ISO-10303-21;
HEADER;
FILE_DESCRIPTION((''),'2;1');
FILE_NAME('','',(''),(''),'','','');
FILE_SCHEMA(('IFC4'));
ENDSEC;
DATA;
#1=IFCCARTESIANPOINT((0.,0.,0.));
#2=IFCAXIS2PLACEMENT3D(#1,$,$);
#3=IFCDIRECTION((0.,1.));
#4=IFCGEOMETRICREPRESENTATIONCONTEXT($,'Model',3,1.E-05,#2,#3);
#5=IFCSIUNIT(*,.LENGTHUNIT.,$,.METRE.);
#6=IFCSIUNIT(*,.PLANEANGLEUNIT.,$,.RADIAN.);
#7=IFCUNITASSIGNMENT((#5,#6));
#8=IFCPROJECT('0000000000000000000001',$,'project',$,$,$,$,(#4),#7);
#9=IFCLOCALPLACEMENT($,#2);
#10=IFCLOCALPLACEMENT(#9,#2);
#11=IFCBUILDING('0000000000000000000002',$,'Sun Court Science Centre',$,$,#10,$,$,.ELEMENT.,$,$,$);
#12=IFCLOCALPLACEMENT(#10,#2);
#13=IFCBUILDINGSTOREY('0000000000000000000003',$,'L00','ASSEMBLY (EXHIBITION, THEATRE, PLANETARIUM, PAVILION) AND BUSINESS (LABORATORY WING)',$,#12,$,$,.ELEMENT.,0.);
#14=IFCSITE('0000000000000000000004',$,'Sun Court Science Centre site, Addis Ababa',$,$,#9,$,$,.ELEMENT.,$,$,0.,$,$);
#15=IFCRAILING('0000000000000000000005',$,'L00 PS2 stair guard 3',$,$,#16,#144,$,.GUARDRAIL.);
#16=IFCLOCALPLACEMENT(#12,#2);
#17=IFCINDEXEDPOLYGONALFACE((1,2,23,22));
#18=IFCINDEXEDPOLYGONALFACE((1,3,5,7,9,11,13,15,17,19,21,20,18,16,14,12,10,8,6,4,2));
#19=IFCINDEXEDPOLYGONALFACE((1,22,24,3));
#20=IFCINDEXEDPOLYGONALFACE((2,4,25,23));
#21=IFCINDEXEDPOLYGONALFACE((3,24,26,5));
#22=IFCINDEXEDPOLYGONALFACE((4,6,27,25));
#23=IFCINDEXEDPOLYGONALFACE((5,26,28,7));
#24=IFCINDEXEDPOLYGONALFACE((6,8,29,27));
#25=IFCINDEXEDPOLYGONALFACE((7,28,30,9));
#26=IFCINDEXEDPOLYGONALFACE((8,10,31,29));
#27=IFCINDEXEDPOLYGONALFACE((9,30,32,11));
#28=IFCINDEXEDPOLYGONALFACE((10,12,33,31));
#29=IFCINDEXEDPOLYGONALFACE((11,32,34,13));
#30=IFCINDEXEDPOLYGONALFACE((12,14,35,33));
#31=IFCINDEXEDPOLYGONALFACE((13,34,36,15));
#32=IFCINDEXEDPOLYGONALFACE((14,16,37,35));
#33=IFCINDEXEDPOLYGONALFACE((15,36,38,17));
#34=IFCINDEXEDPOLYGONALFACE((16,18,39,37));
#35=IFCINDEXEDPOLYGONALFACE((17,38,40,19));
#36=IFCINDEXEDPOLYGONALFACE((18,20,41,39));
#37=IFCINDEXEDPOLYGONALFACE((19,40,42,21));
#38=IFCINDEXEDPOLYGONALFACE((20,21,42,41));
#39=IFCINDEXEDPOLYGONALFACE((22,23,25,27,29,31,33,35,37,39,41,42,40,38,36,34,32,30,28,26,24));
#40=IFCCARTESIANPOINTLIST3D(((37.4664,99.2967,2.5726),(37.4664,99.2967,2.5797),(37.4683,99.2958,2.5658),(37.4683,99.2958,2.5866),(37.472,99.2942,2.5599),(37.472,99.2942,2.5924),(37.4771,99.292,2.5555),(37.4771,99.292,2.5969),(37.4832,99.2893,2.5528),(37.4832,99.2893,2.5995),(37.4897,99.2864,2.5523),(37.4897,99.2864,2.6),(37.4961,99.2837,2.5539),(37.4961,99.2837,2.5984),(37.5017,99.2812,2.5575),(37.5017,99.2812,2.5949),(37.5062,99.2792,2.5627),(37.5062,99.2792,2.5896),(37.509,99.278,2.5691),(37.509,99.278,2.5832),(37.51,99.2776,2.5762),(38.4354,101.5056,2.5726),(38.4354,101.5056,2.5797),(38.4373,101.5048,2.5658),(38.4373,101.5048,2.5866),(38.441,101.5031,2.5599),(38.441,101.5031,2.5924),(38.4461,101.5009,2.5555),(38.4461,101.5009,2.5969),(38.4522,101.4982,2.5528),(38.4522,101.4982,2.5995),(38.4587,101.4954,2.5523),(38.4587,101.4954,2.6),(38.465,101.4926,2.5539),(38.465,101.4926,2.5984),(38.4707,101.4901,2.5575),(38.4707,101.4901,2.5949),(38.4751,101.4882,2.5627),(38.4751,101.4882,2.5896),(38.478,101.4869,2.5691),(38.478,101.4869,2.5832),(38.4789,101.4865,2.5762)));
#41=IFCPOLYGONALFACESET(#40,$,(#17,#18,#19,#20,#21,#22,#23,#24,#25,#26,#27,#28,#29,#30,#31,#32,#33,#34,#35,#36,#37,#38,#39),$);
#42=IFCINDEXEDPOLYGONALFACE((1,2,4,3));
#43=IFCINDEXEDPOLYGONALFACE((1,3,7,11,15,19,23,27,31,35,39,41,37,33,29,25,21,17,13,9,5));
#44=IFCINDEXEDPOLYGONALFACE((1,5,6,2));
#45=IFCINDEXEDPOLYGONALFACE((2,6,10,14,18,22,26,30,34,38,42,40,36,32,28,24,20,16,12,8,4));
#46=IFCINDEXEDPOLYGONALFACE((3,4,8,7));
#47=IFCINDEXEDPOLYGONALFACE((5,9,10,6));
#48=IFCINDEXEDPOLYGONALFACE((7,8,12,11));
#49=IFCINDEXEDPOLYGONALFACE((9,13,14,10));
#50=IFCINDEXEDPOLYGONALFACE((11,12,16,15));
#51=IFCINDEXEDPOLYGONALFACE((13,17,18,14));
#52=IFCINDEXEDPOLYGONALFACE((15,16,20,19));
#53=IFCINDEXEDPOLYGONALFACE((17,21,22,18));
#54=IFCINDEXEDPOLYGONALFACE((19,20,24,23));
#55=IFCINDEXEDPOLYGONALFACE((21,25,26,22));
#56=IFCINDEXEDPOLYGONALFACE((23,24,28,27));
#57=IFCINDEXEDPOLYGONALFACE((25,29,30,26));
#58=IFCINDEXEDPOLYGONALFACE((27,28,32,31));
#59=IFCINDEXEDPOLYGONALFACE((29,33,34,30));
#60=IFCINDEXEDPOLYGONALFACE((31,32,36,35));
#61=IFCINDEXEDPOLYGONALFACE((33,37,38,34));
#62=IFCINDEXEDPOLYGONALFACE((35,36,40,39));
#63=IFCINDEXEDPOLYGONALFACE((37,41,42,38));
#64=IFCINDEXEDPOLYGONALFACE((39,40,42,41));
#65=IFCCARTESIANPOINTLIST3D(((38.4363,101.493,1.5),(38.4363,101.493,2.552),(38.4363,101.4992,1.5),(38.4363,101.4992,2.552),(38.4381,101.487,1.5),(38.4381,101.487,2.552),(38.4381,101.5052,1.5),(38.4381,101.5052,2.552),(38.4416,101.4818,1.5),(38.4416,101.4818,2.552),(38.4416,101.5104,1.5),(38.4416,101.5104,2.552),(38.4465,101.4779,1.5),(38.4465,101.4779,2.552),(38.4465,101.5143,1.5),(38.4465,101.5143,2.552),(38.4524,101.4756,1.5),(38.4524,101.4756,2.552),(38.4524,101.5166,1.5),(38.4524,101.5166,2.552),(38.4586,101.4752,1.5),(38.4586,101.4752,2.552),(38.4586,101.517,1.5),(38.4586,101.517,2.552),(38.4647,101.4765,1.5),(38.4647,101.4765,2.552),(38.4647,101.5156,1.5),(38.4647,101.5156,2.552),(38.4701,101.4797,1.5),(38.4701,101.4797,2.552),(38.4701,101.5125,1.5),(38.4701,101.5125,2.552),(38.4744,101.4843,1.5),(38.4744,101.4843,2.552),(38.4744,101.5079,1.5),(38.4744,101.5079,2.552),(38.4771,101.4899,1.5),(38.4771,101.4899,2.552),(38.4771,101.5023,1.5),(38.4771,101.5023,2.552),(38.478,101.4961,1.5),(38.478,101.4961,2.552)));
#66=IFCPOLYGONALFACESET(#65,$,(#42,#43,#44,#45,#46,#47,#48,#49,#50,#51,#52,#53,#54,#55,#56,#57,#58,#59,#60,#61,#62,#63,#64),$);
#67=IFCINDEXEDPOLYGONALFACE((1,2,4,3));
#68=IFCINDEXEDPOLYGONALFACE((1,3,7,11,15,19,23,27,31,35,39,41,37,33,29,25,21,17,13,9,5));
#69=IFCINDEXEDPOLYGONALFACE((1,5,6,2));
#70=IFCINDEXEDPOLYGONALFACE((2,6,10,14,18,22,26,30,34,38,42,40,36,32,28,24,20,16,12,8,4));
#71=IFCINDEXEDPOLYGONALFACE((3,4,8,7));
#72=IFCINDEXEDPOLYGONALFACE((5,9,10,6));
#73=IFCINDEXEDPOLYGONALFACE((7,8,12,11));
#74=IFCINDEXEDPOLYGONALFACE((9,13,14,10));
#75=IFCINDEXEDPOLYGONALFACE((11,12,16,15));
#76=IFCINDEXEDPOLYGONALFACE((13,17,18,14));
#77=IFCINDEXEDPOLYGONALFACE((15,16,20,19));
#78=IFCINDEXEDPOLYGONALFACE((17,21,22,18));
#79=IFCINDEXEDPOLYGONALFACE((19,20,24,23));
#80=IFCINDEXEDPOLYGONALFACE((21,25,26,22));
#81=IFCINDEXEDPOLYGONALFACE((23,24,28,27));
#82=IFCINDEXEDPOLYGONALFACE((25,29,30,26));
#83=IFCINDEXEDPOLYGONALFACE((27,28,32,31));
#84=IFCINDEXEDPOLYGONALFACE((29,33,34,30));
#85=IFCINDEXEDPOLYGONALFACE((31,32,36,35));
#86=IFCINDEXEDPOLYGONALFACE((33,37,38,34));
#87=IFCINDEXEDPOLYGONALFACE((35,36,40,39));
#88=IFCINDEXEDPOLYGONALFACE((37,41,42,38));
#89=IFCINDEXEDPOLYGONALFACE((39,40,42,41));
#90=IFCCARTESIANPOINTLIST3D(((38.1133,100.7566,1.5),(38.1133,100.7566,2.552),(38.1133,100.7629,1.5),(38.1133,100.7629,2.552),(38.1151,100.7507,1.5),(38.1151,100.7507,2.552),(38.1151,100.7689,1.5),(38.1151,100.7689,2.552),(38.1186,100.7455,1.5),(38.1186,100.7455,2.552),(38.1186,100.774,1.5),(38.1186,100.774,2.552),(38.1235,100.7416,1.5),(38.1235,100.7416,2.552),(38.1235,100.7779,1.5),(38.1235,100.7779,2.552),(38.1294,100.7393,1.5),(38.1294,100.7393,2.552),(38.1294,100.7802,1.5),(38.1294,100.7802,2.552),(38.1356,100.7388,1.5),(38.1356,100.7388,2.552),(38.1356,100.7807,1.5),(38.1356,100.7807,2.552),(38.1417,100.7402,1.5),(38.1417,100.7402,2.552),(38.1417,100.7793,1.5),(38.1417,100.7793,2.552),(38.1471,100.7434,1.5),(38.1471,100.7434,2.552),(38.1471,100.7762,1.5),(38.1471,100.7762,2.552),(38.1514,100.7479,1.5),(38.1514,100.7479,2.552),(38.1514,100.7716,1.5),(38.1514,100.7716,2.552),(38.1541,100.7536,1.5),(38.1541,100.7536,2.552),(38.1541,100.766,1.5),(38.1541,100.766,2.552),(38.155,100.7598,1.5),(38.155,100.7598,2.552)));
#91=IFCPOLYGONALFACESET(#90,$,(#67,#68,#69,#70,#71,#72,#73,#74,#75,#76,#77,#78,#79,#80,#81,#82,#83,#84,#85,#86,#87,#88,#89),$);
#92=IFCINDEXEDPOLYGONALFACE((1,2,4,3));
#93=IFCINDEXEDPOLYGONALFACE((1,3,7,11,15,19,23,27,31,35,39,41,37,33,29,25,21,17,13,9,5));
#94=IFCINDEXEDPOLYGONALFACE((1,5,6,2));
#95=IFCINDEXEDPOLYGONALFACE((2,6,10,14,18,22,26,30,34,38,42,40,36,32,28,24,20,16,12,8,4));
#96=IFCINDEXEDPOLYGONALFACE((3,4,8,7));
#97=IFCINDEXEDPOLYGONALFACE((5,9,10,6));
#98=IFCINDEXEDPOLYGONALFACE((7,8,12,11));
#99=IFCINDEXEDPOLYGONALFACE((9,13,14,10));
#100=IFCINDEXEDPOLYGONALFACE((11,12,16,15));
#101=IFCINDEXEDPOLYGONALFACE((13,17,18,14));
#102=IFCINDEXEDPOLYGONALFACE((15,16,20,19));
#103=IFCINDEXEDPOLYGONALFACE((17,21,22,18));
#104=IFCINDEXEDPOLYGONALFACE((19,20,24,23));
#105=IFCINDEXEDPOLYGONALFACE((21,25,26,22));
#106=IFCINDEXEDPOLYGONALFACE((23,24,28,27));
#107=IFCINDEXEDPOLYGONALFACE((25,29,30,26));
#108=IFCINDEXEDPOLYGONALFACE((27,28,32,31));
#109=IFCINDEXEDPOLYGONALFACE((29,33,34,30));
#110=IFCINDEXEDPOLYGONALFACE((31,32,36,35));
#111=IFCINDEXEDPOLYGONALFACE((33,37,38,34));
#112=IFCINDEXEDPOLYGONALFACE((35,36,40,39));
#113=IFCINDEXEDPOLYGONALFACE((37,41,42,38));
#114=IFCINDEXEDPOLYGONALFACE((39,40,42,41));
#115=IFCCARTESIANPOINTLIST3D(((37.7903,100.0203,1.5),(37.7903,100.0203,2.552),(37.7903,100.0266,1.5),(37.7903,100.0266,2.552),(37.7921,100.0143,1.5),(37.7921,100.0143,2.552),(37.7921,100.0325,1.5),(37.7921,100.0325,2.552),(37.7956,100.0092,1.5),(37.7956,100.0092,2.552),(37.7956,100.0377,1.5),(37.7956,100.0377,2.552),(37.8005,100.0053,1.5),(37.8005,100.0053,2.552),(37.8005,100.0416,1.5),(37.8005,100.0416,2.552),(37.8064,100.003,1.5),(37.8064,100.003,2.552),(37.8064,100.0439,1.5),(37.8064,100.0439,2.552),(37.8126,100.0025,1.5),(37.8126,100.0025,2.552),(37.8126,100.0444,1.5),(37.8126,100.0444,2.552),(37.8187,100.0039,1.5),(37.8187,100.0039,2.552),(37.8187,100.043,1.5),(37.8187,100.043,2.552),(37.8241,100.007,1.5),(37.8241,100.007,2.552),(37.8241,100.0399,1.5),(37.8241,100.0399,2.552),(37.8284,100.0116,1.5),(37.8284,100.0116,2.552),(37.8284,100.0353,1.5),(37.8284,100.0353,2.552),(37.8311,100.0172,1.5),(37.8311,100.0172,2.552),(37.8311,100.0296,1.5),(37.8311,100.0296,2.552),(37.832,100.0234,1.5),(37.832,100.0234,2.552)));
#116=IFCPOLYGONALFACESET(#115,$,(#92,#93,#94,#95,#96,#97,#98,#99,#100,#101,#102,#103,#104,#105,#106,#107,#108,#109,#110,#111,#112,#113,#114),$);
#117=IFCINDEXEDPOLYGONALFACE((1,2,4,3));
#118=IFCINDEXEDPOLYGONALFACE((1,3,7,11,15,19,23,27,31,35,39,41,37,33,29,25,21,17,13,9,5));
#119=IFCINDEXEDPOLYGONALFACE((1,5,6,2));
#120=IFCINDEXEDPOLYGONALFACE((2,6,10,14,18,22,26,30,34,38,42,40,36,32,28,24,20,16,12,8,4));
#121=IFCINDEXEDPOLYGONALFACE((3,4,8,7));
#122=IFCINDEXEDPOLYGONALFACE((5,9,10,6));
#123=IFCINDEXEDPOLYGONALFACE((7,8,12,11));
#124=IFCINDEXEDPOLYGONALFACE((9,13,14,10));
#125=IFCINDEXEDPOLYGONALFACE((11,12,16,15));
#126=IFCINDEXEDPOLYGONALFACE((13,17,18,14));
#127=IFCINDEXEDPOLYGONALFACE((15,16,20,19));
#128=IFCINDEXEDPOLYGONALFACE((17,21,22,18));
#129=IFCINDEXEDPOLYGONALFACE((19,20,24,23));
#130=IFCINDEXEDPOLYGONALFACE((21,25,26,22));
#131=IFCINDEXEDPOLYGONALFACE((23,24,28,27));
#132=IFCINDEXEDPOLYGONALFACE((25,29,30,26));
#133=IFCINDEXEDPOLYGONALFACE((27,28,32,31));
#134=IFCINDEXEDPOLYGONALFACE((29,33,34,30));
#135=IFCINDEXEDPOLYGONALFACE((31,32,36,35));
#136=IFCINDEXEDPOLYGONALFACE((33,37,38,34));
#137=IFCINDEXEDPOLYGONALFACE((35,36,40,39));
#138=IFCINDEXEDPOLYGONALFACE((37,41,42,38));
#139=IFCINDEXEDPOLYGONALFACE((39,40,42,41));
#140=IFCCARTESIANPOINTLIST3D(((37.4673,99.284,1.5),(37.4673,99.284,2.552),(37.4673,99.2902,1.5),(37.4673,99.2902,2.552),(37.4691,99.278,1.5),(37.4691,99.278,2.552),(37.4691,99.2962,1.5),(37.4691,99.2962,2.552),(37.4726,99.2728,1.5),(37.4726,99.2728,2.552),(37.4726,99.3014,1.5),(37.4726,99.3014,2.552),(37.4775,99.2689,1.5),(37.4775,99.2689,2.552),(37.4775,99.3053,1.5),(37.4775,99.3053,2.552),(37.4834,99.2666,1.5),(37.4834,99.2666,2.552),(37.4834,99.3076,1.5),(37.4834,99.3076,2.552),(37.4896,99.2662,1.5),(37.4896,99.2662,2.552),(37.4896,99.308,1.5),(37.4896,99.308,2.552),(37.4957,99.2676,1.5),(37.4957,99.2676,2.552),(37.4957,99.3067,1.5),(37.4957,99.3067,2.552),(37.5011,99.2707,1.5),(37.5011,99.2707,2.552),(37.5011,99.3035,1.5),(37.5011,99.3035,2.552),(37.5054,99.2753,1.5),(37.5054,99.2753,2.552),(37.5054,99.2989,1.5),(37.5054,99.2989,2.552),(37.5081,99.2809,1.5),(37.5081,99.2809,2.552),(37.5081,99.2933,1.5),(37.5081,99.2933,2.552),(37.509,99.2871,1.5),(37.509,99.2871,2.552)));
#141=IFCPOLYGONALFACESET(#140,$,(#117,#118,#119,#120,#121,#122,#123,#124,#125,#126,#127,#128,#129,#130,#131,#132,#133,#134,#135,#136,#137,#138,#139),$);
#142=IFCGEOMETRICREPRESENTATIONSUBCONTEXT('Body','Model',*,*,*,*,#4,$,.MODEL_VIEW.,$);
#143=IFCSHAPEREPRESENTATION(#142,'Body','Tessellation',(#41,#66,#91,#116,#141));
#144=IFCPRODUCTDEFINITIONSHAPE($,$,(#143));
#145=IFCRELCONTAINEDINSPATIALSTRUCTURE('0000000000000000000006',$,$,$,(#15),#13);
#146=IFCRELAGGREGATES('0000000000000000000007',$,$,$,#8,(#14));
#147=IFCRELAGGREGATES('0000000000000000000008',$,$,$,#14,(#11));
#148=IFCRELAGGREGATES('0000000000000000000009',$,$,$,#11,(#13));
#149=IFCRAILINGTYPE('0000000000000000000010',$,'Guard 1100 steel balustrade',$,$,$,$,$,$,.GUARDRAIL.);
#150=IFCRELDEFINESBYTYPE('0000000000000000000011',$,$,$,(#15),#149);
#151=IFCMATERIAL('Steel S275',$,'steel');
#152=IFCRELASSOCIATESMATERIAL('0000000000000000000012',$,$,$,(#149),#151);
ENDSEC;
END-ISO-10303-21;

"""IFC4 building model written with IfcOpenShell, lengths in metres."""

from ifc_helpers import new_model, si_unit, direction, frame, origin, origin_2d, place, context, subcontext, project, spatial, circle, extrude, material, type_object, element, save


model = new_model("IFC4")

# Units and contexts
model_context = context("Model", 3, precision=1e-05, world=origin(), true_north=direction((0.0, 1.0)))
body_context = subcontext(model_context, "Body", "Model", "MODEL_VIEW")
ifc_project = project(units=[si_unit("LENGTHUNIT", "METRE"), si_unit("PLANEANGLEUNIT", "RADIAN")], contexts=[model_context])

# Site, building, storey
site_placement = place(None, origin())
site = spatial("IfcSite", under=ifc_project, at=site_placement, Name="Sun Court Science Centre site, Addis Ababa", CompositionType="ELEMENT", RefElevation=0.0)
building_placement = place(site_placement, origin())
building = spatial("IfcBuilding", under=site, at=building_placement, Name="Sun Court Science Centre", CompositionType="ELEMENT")
storey_placement = place(building_placement, origin())
storey = spatial("IfcBuildingStorey", under=building, at=storey_placement, Name="L00", Description="ASSEMBLY (EXHIBITION, THEATRE, PLANETARIUM, PAVILION) AND BUSINESS (LABORATORY WING)", CompositionType="ELEMENT", Elevation=0.0)

# Railing
ifc_material_1 = material(Name="Steel S275", Category="steel")
railing_type = type_object("IfcRailingType", Name="Guard 1100 steel balustrade", PredefinedType="GUARDRAIL", material=ifc_material_1)
for number, where, name in (
    (1, (38.457, 101.4961, 1.5), "L00 PS2 stair guard 3"),
):
    element("IfcRailing", number, at=place(storey_placement, frame(where)), inside=storey, type_object=railing_type, Name=name, PredefinedType="GUARDRAIL", context=body_context, shape_type="SweptSolid", body=[
        extrude(circle(Radius=0.0239, at=origin_2d()), frame((0.0, 0.0, 1.0762), z_axis=(-0.401711, -0.915767, 0.0), x_axis=(0.915767, -0.401711, 0.0)), (0.0, 0.0, 1.0), 2.4121),
        extrude(circle(Radius=0.021, at=origin_2d()), origin(), (0.0, 0.0, 1.0), 1.052),
        extrude(circle(Radius=0.021, at=origin_2d()), frame((-0.323, -0.7363, 0.0)), (0.0, 0.0, 1.0), 1.052),
        extrude(circle(Radius=0.021, at=origin_2d()), frame((-0.646, -1.4727, 0.0)), (0.0, 0.0, 1.0), 1.052),
        extrude(circle(Radius=0.021, at=origin_2d()), frame((-0.969, -2.209, 0.0)), (0.0, 0.0, 1.0), 1.052),
    ])

save(model, "model.ifc")
